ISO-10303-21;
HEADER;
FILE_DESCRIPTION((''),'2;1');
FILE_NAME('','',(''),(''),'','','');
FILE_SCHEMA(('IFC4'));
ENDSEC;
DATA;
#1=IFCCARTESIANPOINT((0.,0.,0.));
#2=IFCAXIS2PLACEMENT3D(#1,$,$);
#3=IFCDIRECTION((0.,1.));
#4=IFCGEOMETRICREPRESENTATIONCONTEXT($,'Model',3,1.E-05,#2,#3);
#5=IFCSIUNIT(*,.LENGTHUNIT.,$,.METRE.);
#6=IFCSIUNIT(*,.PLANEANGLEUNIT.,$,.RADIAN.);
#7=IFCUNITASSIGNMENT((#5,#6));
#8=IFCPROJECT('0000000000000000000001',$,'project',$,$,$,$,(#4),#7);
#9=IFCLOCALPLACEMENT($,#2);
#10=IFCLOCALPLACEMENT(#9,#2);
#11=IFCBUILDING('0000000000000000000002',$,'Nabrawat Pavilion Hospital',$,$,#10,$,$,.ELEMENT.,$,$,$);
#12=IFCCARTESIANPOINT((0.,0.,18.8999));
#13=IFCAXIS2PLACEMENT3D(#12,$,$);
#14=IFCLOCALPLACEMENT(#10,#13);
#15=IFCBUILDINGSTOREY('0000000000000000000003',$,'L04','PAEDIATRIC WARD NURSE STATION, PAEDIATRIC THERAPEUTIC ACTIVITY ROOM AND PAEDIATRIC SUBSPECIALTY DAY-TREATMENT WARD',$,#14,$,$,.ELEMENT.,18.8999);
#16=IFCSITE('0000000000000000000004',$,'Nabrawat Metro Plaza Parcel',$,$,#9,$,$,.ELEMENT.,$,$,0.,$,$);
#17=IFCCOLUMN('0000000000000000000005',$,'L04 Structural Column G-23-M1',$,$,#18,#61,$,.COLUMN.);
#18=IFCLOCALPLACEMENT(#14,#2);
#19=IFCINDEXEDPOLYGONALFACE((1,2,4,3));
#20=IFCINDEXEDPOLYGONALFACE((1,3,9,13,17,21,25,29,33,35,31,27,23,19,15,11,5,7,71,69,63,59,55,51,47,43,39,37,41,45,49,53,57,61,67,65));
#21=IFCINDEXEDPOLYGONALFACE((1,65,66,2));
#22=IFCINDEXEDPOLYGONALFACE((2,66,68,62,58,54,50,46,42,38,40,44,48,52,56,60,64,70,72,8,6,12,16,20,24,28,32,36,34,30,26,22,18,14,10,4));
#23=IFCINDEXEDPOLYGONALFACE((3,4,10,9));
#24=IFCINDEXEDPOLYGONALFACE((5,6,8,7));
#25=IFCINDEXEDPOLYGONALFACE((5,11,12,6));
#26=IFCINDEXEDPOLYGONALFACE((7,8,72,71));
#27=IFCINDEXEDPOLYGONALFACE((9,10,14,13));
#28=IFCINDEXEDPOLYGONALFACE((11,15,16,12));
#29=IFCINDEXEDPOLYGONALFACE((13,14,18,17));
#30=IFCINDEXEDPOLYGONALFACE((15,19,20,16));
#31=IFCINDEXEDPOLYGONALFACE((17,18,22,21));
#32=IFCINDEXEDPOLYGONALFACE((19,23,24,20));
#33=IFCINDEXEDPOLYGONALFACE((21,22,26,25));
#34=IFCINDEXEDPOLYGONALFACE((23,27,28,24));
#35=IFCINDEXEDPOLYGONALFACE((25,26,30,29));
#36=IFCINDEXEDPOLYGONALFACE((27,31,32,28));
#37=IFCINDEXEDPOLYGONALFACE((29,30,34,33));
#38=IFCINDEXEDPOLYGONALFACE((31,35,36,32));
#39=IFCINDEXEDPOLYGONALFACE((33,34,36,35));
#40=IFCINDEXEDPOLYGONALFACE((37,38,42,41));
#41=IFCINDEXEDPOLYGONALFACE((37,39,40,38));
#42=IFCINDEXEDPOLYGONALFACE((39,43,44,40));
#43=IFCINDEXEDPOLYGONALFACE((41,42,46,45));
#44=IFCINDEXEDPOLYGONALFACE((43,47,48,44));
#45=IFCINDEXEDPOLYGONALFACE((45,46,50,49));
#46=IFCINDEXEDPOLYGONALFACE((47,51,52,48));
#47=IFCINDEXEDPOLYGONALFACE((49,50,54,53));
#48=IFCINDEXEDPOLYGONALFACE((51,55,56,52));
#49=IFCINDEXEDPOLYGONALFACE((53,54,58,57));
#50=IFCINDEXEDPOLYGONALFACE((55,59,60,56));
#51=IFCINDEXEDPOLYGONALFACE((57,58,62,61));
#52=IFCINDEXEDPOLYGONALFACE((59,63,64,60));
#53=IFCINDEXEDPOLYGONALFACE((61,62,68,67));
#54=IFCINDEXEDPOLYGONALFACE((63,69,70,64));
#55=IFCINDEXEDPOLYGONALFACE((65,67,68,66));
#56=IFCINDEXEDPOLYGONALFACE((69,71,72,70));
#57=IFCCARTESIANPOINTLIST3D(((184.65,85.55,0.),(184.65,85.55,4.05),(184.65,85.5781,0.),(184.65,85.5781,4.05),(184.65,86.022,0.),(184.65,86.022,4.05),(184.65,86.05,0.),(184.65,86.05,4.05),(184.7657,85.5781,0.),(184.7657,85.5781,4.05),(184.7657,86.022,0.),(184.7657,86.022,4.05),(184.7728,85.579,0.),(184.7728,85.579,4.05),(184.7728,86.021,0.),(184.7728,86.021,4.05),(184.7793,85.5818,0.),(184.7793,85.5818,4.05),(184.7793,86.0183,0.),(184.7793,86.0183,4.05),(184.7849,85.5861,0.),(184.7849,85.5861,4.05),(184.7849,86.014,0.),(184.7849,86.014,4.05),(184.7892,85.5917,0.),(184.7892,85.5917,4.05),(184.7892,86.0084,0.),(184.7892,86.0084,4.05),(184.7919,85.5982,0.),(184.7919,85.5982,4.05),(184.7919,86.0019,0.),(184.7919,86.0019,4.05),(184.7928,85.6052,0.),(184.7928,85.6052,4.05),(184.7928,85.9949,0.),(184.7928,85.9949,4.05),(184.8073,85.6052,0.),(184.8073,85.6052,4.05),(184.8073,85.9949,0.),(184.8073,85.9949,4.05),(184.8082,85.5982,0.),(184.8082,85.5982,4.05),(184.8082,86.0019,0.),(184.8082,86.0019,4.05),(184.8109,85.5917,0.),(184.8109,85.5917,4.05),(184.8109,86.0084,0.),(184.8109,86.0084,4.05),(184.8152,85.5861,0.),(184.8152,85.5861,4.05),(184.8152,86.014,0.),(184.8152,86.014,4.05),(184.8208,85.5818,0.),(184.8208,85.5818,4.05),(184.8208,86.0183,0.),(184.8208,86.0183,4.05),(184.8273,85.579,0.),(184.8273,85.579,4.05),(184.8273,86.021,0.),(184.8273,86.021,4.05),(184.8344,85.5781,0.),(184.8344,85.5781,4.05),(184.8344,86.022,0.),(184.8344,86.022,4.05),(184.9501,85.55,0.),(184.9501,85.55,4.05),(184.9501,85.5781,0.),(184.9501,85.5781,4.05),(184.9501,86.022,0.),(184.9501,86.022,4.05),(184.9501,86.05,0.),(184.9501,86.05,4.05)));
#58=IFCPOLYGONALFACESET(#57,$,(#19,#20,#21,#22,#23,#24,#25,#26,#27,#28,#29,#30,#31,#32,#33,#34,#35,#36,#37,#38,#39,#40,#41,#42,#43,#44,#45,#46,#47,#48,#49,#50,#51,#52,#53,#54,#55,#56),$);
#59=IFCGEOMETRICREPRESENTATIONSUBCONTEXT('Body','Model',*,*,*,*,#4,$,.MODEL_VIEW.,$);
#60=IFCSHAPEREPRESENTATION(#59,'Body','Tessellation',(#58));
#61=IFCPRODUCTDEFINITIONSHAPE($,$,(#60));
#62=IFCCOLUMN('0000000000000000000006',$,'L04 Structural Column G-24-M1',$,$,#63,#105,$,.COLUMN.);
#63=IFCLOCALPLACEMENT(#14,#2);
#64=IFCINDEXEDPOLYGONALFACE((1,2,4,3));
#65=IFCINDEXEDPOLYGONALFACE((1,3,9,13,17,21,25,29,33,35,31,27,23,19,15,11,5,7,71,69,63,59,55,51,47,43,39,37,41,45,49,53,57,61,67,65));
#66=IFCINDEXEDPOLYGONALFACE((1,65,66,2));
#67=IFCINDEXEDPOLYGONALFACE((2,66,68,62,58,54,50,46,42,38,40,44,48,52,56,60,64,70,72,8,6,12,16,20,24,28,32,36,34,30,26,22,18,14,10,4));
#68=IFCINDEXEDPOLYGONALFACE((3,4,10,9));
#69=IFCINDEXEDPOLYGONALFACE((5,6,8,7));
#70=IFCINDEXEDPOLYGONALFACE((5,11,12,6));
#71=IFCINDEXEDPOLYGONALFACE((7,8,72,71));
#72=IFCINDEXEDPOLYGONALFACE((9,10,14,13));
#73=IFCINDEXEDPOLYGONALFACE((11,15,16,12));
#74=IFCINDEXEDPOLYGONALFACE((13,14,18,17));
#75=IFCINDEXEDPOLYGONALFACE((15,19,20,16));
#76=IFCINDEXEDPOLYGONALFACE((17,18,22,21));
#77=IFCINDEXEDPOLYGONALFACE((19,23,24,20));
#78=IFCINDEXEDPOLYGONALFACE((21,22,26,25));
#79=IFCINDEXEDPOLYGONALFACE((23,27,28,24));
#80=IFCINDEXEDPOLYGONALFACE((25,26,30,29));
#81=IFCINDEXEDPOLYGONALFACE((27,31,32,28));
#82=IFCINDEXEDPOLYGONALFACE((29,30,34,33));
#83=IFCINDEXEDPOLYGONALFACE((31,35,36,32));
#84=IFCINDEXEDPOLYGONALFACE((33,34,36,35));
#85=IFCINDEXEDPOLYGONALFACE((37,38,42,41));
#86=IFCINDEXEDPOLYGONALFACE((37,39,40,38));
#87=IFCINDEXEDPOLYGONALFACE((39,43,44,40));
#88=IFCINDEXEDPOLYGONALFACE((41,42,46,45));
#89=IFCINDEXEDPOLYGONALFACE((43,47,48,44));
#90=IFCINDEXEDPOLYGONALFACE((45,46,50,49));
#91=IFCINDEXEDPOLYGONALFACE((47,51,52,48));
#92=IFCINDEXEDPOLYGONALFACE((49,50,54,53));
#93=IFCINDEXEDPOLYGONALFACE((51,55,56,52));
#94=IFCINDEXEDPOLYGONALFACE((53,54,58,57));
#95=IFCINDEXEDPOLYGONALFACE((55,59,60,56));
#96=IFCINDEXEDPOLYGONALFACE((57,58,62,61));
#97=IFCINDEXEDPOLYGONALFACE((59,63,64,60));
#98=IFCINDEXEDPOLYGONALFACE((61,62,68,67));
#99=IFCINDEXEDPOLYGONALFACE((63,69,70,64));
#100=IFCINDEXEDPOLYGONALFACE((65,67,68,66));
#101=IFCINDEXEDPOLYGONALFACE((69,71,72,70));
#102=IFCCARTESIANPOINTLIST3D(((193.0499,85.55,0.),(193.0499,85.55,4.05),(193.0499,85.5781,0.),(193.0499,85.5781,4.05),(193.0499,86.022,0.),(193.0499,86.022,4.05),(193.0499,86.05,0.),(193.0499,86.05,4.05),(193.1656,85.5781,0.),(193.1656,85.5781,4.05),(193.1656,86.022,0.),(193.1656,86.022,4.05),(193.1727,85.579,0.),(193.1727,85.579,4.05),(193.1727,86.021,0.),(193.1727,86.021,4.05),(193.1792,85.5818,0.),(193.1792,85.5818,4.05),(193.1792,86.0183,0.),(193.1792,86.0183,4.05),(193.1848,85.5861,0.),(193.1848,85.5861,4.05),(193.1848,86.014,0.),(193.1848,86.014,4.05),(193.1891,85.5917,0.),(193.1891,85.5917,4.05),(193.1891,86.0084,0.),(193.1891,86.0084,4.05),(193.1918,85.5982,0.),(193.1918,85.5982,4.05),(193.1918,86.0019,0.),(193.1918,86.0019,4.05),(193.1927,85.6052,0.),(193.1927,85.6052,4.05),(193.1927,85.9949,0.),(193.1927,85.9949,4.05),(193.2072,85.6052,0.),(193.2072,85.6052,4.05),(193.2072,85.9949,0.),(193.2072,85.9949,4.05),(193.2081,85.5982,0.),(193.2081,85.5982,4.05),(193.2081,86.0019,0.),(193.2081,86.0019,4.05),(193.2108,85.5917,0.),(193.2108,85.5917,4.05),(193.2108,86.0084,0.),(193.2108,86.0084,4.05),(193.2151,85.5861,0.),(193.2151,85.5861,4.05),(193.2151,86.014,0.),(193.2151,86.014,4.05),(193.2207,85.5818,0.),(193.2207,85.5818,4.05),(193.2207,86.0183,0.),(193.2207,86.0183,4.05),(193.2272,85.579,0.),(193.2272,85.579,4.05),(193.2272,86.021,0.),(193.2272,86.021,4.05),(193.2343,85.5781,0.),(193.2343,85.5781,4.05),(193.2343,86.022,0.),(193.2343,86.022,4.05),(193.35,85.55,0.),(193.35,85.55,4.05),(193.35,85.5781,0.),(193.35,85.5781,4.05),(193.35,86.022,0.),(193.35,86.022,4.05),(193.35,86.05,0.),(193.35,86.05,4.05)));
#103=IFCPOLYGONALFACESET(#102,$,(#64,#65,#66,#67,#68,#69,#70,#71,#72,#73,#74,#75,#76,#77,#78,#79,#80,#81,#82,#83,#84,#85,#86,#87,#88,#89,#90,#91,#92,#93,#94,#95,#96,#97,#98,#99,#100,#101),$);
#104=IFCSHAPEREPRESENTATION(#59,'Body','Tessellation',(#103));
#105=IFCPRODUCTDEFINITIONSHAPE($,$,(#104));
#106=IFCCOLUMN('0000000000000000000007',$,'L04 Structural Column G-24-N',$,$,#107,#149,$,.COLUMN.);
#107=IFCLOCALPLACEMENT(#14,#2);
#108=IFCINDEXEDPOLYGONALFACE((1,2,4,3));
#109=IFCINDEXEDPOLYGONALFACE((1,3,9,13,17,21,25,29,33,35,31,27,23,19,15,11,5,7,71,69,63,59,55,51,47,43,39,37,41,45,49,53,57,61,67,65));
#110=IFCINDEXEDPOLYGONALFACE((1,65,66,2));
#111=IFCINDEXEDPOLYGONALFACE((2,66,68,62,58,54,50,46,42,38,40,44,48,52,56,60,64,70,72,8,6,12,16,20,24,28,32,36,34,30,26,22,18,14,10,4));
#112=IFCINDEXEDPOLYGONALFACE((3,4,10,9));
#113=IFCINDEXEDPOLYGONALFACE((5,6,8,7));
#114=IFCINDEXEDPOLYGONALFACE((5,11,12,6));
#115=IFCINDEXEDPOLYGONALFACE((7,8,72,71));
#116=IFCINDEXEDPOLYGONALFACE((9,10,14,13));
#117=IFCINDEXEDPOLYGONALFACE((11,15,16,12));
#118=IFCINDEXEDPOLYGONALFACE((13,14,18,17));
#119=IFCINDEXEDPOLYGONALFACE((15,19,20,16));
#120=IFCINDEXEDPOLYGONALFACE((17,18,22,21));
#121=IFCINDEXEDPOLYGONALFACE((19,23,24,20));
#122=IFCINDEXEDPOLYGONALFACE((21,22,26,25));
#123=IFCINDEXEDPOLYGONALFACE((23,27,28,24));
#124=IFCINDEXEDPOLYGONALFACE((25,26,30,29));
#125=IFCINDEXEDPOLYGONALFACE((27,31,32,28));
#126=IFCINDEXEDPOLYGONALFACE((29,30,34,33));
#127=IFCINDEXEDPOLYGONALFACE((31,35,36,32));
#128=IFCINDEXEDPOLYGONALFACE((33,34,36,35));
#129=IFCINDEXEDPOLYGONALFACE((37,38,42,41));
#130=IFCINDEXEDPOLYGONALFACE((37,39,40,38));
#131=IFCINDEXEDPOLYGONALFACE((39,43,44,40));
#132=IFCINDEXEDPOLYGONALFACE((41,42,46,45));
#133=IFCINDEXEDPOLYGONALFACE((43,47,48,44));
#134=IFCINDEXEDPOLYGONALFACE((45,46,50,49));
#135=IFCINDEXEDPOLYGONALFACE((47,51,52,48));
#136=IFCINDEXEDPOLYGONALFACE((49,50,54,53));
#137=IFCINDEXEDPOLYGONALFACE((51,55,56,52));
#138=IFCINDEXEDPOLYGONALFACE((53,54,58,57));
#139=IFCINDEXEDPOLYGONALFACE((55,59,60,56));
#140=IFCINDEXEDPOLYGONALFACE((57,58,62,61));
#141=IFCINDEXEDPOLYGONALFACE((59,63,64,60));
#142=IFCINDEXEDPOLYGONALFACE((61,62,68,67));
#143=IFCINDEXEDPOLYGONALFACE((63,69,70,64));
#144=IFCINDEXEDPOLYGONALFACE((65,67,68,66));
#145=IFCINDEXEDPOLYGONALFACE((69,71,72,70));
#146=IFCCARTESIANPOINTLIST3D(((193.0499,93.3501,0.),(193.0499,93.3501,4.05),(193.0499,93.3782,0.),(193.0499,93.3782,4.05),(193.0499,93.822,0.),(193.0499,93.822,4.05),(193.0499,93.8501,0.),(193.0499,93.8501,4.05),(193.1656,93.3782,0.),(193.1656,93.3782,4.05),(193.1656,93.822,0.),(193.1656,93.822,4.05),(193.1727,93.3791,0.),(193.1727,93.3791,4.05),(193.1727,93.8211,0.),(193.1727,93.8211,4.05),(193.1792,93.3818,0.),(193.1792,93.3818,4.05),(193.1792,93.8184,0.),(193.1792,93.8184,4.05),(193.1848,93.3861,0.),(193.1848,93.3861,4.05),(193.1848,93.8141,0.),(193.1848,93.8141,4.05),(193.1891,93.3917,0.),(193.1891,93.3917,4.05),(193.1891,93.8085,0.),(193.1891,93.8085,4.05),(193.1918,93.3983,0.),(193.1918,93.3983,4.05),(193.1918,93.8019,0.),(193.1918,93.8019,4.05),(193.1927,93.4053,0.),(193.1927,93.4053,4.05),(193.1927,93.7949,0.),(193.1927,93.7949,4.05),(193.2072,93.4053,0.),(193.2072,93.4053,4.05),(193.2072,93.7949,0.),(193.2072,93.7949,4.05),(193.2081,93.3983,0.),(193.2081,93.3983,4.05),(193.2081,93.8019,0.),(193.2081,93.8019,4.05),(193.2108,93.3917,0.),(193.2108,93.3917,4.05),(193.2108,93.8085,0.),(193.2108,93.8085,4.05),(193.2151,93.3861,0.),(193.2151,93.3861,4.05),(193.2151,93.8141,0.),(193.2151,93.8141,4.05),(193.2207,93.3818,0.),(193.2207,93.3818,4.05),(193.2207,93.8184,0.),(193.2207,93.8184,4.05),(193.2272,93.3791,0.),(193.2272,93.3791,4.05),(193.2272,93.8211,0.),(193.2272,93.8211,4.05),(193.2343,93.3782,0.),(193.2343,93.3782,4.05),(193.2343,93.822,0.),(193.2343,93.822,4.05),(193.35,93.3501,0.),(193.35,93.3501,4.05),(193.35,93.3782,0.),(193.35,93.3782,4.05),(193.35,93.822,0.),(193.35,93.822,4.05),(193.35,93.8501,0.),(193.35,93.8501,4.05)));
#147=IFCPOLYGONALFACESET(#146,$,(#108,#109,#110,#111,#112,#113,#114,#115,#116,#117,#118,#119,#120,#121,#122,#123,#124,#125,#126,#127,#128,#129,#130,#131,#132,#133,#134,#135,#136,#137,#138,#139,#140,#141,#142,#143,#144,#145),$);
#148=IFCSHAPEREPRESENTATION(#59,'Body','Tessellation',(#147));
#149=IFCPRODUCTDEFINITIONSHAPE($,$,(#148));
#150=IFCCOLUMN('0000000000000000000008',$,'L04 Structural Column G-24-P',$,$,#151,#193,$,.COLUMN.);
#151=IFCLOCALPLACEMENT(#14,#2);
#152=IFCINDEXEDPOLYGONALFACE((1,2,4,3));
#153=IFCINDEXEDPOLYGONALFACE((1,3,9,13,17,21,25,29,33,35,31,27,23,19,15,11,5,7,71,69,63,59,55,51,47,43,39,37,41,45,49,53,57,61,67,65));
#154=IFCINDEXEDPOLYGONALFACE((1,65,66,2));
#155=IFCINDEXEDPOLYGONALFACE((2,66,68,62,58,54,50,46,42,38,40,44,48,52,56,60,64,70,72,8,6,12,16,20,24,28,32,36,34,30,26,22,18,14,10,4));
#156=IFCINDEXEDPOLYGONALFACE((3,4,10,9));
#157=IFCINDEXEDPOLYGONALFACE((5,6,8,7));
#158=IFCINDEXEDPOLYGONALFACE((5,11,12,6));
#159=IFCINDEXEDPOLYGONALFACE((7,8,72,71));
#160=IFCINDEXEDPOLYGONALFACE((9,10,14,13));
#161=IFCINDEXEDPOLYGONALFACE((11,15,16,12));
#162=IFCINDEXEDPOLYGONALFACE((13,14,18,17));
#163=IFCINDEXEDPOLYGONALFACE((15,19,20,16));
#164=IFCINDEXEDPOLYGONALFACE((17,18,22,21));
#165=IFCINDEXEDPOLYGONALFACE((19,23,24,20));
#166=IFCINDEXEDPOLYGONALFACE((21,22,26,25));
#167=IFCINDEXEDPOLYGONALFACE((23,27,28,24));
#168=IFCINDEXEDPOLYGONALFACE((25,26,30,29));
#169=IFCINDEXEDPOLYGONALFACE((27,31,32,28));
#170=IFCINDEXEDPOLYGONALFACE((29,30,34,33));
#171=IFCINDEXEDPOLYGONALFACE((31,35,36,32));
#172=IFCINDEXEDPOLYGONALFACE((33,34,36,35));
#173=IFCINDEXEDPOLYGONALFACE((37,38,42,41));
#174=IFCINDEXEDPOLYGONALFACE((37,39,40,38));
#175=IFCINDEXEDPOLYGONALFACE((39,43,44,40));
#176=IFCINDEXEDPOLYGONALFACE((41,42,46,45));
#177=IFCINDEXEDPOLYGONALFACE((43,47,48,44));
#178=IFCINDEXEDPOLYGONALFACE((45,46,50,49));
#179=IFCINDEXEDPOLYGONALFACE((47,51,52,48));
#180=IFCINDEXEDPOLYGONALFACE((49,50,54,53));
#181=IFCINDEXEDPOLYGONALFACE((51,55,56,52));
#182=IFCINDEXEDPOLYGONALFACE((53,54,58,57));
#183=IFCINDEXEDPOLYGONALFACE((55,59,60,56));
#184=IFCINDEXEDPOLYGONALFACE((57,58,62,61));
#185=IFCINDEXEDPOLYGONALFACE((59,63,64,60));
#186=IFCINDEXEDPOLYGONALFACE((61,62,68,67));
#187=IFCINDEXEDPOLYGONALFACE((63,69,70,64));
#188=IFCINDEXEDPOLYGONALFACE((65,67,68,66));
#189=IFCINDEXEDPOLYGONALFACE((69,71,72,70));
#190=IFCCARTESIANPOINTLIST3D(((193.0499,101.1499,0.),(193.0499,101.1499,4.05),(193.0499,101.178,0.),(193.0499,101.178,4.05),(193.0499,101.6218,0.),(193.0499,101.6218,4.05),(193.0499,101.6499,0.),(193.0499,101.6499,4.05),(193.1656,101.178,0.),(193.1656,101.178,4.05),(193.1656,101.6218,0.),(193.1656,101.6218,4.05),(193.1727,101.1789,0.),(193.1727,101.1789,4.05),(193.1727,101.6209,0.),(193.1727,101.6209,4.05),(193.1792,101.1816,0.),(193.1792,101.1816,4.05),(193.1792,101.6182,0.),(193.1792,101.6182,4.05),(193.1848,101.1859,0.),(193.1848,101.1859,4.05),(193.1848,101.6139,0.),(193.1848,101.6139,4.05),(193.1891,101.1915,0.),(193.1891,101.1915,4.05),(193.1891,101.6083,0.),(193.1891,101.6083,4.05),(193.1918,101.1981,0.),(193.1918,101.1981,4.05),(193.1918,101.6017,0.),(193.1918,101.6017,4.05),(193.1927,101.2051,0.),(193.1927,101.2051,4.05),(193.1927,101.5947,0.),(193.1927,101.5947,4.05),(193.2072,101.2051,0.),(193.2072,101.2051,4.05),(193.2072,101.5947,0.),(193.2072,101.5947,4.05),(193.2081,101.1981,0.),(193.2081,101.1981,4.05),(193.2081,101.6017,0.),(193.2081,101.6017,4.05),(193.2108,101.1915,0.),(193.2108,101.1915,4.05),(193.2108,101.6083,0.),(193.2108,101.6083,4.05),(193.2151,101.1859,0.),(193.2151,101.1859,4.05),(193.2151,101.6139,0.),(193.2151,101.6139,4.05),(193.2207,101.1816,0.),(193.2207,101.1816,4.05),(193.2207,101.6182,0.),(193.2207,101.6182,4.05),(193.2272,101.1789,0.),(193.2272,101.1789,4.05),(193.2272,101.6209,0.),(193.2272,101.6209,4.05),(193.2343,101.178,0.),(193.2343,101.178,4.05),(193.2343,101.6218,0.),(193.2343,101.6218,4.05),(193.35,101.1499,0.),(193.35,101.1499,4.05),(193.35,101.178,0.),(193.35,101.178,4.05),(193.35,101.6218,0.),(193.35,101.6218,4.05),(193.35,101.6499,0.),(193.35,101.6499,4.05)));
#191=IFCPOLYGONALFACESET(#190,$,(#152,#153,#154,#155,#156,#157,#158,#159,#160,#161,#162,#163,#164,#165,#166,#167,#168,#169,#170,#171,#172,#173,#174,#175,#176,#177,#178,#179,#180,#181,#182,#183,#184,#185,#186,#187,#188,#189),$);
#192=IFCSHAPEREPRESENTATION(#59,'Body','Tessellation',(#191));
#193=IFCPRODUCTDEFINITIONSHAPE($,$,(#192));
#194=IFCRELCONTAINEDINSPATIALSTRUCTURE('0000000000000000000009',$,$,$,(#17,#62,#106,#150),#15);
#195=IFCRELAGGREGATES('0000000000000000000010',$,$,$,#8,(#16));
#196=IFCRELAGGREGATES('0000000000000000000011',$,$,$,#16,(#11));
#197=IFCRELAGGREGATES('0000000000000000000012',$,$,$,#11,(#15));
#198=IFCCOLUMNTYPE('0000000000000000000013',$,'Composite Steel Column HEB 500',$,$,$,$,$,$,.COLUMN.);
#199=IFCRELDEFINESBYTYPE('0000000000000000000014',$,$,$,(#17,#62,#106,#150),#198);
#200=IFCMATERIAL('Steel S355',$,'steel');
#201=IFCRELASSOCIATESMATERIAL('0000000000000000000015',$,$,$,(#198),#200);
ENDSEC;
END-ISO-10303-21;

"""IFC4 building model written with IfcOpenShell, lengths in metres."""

from ifc_helpers import new_model, si_unit, direction, frame, origin, origin_2d, place, context, subcontext, project, spatial, i_section, extrude, material, material_profile, profile_set, type_object, element, save


model = new_model("IFC4")

# Units and contexts
model_context = context("Model", 3, precision=1e-05, world=origin(), true_north=direction((0.0, 1.0)))
body_context = subcontext(model_context, "Body", "Model", "MODEL_VIEW")
ifc_project = project(units=[si_unit("LENGTHUNIT", "METRE"), si_unit("PLANEANGLEUNIT", "RADIAN")], contexts=[model_context])

# Site, building, storey
site_placement = place(None, origin())
site = spatial("IfcSite", under=ifc_project, at=site_placement, Name="Nabrawat Metro Plaza Parcel", CompositionType="ELEMENT", RefElevation=0.0)
building_placement = place(site_placement, origin())
building = spatial("IfcBuilding", under=site, at=building_placement, Name="Nabrawat Pavilion Hospital", CompositionType="ELEMENT")
storey_placement = place(building_placement, frame((0.0, 0.0, 18.8999)))
storey = spatial("IfcBuildingStorey", under=building, at=storey_placement, Name="L04", Description="PAEDIATRIC WARD NURSE STATION, PAEDIATRIC THERAPEUTIC ACTIVITY ROOM AND PAEDIATRIC SUBSPECIALTY DAY-TREATMENT WARD", CompositionType="ELEMENT", Elevation=18.8999)

# Columns
ifc_material_1 = material(Name="Steel S355", Category="steel")
ifc_material_profile_1 = material_profile(ifc_material_1, i_section(OverallWidth=0.3, OverallDepth=0.5, WebThickness=0.0144, FlangeThickness=0.0281, FilletRadius=0.0271, at=origin_2d()), Name="HEB 500")
ifc_profile_set_1 = profile_set([ifc_material_profile_1], Name="Steel S355")
column_type = type_object("IfcColumnType", Name="Composite Steel Column HEB 500", PredefinedType="COLUMN", material=ifc_profile_set_1)
for number, where, z_axis, x_axis, name in (
    (1, (184.8, 85.8, 0.0), (0.0, 0.0, 1.0), (1.0, 0.0, 0.0), "L04 Structural Column G-23-M1"),
    (2, (193.2, 85.8, 0.0), (0.0, 0.0, 1.0), (1.0, 0.0, 0.0), "L04 Structural Column G-24-M1"),
    (3, (193.2, 93.6001, 0.0), (0.0, 0.0, 1.0), (1.0, 0.0, 0.0), "L04 Structural Column G-24-N"),
    (4, (193.2, 101.3999, 0.0), (0.0, 0.0, 1.0), (1.0, 0.0, 0.0), "L04 Structural Column G-24-P"),
):
    element("IfcColumn", number, at=place(storey_placement, frame(where, z_axis=z_axis, x_axis=x_axis)), inside=storey, type_object=column_type, Name=name, PredefinedType="COLUMN", context=body_context, shape_type="SweptSolid", body=[
        extrude(i_section(OverallWidth=0.3, OverallDepth=0.5, WebThickness=0.0144, FlangeThickness=0.0281, FilletRadius=0.0271, at=origin_2d()), origin(), (0.0, 0.0, 1.0), 4.05),
    ])

save(model, "model.ifc")
